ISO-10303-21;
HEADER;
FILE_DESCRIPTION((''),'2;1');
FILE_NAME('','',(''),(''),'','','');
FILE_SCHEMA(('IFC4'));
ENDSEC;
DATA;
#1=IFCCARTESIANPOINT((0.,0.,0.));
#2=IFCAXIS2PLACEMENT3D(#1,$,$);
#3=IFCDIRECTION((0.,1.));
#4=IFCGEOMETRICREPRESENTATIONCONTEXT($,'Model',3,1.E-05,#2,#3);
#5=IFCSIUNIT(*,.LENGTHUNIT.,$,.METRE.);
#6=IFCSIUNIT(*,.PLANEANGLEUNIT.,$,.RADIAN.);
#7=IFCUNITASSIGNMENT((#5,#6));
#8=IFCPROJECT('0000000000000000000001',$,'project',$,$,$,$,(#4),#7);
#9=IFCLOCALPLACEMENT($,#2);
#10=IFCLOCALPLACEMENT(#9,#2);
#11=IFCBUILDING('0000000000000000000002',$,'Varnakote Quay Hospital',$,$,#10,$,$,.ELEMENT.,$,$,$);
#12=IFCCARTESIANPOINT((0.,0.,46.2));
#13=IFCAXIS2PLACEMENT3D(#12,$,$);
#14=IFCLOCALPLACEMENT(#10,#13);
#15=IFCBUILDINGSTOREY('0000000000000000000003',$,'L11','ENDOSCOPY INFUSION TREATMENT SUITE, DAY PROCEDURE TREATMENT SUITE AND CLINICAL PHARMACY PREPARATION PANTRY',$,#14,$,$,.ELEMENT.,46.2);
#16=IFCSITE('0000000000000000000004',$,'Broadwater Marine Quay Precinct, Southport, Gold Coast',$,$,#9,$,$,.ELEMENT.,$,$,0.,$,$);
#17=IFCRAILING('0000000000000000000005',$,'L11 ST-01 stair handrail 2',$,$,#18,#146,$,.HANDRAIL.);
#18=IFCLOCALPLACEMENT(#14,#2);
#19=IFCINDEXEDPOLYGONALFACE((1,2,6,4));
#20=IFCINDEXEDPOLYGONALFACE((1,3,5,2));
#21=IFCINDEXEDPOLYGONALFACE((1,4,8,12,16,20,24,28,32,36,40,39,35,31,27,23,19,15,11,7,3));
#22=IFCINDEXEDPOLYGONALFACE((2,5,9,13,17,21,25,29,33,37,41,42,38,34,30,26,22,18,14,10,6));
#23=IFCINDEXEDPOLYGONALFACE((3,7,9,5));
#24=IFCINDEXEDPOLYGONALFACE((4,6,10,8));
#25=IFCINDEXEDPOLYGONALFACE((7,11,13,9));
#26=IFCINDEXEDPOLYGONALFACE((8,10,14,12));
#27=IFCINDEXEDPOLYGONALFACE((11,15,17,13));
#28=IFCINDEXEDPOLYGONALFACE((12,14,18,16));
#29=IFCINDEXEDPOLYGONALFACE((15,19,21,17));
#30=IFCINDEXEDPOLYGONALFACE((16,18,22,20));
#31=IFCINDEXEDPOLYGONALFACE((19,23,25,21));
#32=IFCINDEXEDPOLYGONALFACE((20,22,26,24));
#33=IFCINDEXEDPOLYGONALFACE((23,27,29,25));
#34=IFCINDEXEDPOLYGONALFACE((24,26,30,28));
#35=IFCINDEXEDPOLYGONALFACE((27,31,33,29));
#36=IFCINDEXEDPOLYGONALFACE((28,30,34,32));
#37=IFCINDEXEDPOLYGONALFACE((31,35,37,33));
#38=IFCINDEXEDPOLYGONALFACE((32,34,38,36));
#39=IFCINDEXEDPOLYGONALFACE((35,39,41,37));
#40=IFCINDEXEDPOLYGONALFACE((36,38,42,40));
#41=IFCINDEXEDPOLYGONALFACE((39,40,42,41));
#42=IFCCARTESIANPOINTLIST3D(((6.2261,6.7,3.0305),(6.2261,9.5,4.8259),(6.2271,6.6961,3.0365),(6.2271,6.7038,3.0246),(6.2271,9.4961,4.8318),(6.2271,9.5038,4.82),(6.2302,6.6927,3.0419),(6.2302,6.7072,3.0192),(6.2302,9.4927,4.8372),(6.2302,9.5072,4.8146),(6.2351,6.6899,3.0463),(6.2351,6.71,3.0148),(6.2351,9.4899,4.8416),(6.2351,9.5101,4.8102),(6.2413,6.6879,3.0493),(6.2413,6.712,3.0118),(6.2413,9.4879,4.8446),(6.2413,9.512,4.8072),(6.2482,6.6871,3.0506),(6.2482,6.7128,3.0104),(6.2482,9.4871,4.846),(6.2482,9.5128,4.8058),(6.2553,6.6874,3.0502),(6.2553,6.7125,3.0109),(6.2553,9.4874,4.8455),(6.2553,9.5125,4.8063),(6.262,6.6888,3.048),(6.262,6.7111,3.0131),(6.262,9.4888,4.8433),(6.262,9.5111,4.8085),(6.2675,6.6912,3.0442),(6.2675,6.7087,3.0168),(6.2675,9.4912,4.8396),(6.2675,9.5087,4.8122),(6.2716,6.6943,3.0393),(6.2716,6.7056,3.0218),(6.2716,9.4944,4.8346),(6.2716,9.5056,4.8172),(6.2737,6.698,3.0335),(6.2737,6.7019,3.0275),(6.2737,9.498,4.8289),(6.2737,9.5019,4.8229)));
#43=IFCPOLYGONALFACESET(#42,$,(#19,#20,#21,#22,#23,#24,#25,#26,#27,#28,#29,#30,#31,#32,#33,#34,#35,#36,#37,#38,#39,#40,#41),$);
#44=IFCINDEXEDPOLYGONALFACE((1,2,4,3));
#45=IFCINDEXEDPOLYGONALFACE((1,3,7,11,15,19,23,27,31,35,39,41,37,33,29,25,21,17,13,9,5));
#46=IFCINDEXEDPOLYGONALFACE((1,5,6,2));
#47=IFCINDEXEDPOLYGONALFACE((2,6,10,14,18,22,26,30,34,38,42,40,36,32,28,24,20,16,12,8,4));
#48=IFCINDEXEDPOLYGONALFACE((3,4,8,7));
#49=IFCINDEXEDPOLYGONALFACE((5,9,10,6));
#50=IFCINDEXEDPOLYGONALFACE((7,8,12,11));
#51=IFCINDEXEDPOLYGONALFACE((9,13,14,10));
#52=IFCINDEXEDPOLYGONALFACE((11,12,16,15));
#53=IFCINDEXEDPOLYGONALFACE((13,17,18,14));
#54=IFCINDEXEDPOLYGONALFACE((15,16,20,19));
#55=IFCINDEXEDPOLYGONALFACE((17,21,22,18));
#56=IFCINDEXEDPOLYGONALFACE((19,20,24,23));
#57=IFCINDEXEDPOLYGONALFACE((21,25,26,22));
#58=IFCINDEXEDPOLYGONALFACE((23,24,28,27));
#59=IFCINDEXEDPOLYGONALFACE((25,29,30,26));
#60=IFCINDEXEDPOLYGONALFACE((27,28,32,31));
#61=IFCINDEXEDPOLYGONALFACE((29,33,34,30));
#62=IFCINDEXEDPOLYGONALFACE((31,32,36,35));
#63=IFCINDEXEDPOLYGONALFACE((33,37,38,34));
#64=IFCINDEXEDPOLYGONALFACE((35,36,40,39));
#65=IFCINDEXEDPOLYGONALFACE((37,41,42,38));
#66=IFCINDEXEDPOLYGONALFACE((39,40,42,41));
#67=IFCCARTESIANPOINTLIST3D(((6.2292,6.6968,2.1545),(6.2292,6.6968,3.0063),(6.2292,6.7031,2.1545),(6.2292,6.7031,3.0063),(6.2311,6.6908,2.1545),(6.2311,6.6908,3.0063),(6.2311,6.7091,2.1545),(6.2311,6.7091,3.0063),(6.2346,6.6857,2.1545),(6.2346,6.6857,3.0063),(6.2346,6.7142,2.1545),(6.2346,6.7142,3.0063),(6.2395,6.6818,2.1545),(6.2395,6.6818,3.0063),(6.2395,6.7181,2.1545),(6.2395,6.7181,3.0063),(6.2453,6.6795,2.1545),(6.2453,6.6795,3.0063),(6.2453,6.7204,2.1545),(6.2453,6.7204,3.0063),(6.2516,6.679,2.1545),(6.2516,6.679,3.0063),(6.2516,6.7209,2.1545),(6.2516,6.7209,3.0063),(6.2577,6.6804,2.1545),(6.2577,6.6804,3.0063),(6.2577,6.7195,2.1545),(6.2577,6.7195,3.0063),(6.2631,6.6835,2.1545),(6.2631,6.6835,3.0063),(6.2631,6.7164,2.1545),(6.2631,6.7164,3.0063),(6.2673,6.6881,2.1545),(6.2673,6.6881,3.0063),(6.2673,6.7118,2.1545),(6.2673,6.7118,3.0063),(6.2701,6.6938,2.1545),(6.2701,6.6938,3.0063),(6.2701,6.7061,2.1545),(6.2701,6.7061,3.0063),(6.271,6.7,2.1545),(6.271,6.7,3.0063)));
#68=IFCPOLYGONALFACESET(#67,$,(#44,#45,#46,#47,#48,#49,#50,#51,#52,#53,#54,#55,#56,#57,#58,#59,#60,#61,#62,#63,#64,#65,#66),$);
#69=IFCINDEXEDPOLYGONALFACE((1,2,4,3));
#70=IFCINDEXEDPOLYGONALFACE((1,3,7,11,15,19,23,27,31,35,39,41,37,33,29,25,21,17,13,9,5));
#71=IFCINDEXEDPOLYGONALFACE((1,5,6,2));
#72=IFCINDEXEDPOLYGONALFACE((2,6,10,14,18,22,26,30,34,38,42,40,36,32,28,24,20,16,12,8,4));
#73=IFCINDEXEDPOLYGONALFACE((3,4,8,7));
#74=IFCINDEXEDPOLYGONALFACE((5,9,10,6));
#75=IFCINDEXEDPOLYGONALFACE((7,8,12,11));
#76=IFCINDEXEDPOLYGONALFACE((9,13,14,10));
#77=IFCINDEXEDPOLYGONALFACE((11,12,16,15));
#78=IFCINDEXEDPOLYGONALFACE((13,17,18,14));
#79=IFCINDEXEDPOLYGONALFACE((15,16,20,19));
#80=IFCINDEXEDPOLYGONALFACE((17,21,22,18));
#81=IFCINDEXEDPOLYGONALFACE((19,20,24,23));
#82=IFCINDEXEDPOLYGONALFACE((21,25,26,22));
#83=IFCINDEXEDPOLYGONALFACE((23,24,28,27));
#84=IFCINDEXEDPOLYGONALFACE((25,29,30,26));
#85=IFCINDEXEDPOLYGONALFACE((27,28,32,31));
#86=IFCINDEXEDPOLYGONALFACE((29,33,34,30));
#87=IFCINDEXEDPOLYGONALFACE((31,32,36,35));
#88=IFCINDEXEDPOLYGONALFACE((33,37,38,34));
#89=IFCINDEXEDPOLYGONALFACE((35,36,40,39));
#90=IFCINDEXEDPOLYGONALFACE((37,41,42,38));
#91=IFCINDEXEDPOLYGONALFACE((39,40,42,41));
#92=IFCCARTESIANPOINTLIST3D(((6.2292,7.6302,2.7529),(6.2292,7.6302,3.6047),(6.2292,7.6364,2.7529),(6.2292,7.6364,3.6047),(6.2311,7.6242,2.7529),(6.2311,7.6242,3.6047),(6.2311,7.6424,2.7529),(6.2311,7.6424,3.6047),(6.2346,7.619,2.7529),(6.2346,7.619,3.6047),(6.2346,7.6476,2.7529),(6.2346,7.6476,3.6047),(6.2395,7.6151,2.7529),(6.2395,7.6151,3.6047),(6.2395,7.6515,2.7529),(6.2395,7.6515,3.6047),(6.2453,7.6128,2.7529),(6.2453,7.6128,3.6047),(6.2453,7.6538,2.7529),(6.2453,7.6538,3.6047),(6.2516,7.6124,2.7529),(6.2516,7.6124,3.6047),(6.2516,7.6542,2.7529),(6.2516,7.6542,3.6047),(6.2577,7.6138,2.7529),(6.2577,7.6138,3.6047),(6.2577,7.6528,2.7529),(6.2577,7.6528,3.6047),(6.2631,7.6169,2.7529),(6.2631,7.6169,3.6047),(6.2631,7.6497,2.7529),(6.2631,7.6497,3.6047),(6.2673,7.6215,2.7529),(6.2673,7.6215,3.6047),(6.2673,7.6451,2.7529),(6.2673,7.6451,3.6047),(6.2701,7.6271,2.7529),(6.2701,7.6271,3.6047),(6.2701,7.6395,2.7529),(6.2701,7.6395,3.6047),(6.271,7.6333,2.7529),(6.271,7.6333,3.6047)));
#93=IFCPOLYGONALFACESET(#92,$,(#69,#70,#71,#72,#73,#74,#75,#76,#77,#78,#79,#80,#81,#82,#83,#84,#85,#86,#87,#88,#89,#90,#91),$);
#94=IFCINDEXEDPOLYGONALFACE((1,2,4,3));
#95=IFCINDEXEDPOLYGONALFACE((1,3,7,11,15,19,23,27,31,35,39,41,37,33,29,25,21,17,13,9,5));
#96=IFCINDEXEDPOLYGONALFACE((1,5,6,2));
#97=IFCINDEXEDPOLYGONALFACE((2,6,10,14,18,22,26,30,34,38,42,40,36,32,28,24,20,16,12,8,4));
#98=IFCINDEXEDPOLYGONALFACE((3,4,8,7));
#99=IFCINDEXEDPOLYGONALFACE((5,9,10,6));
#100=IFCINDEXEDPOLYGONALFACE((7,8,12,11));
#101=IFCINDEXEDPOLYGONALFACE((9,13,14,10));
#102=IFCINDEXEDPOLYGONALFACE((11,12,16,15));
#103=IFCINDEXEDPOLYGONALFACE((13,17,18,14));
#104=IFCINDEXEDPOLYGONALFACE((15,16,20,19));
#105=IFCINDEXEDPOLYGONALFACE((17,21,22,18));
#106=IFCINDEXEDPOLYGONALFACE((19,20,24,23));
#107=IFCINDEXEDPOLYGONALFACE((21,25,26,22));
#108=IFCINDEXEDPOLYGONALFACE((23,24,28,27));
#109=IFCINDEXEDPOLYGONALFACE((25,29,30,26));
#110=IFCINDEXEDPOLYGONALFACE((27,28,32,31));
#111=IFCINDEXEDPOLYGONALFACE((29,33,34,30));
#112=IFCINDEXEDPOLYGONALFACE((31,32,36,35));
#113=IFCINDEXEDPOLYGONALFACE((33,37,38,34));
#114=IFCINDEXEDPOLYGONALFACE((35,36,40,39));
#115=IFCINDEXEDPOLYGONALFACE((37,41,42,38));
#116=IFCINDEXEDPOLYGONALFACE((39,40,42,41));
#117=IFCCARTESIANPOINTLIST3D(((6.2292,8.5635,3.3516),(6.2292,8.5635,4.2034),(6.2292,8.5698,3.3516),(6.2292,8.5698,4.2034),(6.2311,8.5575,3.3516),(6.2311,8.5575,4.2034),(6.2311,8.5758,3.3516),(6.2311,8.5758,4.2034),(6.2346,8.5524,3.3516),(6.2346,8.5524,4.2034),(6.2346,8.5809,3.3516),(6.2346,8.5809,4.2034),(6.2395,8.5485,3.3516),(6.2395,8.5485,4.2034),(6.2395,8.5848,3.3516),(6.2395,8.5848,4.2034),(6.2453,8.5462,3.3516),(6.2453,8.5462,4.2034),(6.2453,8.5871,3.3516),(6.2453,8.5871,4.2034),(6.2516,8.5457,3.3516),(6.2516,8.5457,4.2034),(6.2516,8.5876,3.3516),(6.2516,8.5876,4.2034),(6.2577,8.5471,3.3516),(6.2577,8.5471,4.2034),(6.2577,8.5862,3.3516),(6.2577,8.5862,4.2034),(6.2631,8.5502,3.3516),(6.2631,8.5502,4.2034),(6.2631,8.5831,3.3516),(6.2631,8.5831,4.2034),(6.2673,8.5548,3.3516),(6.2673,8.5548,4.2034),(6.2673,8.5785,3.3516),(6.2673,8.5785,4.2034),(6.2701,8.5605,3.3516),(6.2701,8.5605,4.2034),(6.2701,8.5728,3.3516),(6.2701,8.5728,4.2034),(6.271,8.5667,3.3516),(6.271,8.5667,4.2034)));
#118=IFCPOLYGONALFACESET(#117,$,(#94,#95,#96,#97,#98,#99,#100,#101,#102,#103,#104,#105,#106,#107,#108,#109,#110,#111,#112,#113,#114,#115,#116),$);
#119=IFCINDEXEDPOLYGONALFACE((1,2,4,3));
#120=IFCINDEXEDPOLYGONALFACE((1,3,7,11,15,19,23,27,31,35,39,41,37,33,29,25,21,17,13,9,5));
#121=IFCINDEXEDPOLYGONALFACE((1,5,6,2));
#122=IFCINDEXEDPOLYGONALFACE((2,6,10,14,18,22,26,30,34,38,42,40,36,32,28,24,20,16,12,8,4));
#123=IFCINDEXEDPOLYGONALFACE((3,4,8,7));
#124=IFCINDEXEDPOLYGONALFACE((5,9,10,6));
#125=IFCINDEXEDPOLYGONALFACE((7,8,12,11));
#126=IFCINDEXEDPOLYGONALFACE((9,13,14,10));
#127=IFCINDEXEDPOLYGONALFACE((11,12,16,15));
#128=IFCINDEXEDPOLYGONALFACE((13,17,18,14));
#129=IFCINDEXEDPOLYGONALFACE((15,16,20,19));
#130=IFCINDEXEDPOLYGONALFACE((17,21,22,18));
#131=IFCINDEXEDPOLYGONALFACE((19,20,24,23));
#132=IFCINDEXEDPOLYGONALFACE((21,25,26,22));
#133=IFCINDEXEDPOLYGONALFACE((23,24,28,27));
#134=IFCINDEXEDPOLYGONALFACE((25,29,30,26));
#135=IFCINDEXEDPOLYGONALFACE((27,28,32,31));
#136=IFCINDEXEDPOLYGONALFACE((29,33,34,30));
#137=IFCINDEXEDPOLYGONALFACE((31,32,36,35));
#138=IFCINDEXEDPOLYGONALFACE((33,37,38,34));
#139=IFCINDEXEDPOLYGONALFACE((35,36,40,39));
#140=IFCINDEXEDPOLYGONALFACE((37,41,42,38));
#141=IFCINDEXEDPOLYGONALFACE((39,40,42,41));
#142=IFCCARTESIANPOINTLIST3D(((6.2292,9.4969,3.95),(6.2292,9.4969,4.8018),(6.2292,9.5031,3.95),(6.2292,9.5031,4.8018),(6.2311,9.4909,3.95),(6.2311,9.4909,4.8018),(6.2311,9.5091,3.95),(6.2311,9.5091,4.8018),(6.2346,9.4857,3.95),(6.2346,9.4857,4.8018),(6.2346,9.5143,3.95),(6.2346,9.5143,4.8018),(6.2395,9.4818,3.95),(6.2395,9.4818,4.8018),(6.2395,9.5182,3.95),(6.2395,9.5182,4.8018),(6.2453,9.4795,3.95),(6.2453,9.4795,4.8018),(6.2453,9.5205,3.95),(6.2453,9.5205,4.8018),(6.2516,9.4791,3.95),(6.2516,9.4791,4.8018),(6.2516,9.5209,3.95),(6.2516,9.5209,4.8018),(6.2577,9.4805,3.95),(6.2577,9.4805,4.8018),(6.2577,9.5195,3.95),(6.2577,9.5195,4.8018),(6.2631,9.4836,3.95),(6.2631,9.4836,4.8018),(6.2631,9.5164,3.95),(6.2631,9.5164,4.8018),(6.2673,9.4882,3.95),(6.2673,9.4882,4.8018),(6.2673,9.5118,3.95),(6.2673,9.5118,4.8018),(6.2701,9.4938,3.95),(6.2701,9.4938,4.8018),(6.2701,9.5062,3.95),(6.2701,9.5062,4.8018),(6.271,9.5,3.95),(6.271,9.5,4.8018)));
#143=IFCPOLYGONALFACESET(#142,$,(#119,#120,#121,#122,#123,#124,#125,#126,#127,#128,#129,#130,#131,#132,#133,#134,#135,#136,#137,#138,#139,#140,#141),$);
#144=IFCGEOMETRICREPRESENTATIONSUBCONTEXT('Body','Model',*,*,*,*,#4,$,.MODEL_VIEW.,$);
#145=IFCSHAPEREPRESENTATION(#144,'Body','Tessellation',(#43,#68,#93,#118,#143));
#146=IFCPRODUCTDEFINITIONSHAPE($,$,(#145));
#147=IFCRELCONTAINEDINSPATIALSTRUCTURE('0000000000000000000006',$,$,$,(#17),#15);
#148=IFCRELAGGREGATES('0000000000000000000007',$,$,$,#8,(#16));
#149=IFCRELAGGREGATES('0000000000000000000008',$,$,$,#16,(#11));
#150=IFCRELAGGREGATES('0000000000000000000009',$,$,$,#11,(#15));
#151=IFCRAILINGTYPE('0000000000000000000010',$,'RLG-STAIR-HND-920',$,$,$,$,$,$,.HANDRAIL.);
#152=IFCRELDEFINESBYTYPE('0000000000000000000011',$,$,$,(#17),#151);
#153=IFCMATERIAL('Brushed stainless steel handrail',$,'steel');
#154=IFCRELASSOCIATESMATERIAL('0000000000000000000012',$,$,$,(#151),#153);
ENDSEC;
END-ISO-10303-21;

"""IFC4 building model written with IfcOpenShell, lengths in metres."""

from ifc_helpers import new_model, si_unit, direction, frame, origin, origin_2d, place, context, subcontext, project, spatial, circle, extrude, material, type_object, element, save


model = new_model("IFC4")

# Units and contexts
model_context = context("Model", 3, precision=1e-05, world=origin(), true_north=direction((0.0, 1.0)))
body_context = subcontext(model_context, "Body", "Model", "MODEL_VIEW")
ifc_project = project(units=[si_unit("LENGTHUNIT", "METRE"), si_unit("PLANEANGLEUNIT", "RADIAN")], contexts=[model_context])

# Site, building, storey
site_placement = place(None, origin())
site = spatial("IfcSite", under=ifc_project, at=site_placement, Name="Broadwater Marine Quay Precinct, Southport, Gold Coast", CompositionType="ELEMENT", RefElevation=0.0)
building_placement = place(site_placement, origin())
building = spatial("IfcBuilding", under=site, at=building_placement, Name="Varnakote Quay Hospital", CompositionType="ELEMENT")
storey_placement = place(building_placement, frame((0.0, 0.0, 46.2)))
storey = spatial("IfcBuildingStorey", under=building, at=storey_placement, Name="L11", Description="ENDOSCOPY INFUSION TREATMENT SUITE, DAY PROCEDURE TREATMENT SUITE AND CLINICAL PHARMACY PREPARATION PANTRY", CompositionType="ELEMENT", Elevation=46.2)

# Railing
ifc_material_1 = material(Name="Brushed stainless steel handrail", Category="steel")
railing_type_1 = type_object("IfcRailingType", Name="RLG-STAIR-HND-920", PredefinedType="HANDRAIL", material=ifc_material_1)
railing_1_placement = place(storey_placement, frame((6.25, 6.7, 2.1545)))
element("IfcRailing", 1, at=railing_1_placement, inside=storey, type_object=railing_type_1, Name="L11 ST-01 stair handrail 2", PredefinedType="HANDRAIL", context=body_context, shape_type="SweptSolid", body=[
    extrude(circle(Radius=0.0239, at=origin_2d()), frame((0.0, 0.0, 0.876), z_axis=(0.0, 0.84181, 0.539774), x_axis=(-1.0, 0.0, 0.0)), (0.0, 0.0, 1.0), 3.3262),
    extrude(circle(Radius=0.021, at=origin_2d()), origin(), (0.0, 0.0, 1.0), 0.8518),
    extrude(circle(Radius=0.021, at=origin_2d()), frame((0.0, 0.9333, 0.5984)), (0.0, 0.0, 1.0), 0.8518),
    extrude(circle(Radius=0.021, at=origin_2d()), frame((0.0, 1.8667, 1.197)), (0.0, 0.0, 1.0), 0.8518),
    extrude(circle(Radius=0.021, at=origin_2d()), frame((0.0, 2.8, 1.7954)), (0.0, 0.0, 1.0), 0.8518),
])

save(model, "model.ifc")
